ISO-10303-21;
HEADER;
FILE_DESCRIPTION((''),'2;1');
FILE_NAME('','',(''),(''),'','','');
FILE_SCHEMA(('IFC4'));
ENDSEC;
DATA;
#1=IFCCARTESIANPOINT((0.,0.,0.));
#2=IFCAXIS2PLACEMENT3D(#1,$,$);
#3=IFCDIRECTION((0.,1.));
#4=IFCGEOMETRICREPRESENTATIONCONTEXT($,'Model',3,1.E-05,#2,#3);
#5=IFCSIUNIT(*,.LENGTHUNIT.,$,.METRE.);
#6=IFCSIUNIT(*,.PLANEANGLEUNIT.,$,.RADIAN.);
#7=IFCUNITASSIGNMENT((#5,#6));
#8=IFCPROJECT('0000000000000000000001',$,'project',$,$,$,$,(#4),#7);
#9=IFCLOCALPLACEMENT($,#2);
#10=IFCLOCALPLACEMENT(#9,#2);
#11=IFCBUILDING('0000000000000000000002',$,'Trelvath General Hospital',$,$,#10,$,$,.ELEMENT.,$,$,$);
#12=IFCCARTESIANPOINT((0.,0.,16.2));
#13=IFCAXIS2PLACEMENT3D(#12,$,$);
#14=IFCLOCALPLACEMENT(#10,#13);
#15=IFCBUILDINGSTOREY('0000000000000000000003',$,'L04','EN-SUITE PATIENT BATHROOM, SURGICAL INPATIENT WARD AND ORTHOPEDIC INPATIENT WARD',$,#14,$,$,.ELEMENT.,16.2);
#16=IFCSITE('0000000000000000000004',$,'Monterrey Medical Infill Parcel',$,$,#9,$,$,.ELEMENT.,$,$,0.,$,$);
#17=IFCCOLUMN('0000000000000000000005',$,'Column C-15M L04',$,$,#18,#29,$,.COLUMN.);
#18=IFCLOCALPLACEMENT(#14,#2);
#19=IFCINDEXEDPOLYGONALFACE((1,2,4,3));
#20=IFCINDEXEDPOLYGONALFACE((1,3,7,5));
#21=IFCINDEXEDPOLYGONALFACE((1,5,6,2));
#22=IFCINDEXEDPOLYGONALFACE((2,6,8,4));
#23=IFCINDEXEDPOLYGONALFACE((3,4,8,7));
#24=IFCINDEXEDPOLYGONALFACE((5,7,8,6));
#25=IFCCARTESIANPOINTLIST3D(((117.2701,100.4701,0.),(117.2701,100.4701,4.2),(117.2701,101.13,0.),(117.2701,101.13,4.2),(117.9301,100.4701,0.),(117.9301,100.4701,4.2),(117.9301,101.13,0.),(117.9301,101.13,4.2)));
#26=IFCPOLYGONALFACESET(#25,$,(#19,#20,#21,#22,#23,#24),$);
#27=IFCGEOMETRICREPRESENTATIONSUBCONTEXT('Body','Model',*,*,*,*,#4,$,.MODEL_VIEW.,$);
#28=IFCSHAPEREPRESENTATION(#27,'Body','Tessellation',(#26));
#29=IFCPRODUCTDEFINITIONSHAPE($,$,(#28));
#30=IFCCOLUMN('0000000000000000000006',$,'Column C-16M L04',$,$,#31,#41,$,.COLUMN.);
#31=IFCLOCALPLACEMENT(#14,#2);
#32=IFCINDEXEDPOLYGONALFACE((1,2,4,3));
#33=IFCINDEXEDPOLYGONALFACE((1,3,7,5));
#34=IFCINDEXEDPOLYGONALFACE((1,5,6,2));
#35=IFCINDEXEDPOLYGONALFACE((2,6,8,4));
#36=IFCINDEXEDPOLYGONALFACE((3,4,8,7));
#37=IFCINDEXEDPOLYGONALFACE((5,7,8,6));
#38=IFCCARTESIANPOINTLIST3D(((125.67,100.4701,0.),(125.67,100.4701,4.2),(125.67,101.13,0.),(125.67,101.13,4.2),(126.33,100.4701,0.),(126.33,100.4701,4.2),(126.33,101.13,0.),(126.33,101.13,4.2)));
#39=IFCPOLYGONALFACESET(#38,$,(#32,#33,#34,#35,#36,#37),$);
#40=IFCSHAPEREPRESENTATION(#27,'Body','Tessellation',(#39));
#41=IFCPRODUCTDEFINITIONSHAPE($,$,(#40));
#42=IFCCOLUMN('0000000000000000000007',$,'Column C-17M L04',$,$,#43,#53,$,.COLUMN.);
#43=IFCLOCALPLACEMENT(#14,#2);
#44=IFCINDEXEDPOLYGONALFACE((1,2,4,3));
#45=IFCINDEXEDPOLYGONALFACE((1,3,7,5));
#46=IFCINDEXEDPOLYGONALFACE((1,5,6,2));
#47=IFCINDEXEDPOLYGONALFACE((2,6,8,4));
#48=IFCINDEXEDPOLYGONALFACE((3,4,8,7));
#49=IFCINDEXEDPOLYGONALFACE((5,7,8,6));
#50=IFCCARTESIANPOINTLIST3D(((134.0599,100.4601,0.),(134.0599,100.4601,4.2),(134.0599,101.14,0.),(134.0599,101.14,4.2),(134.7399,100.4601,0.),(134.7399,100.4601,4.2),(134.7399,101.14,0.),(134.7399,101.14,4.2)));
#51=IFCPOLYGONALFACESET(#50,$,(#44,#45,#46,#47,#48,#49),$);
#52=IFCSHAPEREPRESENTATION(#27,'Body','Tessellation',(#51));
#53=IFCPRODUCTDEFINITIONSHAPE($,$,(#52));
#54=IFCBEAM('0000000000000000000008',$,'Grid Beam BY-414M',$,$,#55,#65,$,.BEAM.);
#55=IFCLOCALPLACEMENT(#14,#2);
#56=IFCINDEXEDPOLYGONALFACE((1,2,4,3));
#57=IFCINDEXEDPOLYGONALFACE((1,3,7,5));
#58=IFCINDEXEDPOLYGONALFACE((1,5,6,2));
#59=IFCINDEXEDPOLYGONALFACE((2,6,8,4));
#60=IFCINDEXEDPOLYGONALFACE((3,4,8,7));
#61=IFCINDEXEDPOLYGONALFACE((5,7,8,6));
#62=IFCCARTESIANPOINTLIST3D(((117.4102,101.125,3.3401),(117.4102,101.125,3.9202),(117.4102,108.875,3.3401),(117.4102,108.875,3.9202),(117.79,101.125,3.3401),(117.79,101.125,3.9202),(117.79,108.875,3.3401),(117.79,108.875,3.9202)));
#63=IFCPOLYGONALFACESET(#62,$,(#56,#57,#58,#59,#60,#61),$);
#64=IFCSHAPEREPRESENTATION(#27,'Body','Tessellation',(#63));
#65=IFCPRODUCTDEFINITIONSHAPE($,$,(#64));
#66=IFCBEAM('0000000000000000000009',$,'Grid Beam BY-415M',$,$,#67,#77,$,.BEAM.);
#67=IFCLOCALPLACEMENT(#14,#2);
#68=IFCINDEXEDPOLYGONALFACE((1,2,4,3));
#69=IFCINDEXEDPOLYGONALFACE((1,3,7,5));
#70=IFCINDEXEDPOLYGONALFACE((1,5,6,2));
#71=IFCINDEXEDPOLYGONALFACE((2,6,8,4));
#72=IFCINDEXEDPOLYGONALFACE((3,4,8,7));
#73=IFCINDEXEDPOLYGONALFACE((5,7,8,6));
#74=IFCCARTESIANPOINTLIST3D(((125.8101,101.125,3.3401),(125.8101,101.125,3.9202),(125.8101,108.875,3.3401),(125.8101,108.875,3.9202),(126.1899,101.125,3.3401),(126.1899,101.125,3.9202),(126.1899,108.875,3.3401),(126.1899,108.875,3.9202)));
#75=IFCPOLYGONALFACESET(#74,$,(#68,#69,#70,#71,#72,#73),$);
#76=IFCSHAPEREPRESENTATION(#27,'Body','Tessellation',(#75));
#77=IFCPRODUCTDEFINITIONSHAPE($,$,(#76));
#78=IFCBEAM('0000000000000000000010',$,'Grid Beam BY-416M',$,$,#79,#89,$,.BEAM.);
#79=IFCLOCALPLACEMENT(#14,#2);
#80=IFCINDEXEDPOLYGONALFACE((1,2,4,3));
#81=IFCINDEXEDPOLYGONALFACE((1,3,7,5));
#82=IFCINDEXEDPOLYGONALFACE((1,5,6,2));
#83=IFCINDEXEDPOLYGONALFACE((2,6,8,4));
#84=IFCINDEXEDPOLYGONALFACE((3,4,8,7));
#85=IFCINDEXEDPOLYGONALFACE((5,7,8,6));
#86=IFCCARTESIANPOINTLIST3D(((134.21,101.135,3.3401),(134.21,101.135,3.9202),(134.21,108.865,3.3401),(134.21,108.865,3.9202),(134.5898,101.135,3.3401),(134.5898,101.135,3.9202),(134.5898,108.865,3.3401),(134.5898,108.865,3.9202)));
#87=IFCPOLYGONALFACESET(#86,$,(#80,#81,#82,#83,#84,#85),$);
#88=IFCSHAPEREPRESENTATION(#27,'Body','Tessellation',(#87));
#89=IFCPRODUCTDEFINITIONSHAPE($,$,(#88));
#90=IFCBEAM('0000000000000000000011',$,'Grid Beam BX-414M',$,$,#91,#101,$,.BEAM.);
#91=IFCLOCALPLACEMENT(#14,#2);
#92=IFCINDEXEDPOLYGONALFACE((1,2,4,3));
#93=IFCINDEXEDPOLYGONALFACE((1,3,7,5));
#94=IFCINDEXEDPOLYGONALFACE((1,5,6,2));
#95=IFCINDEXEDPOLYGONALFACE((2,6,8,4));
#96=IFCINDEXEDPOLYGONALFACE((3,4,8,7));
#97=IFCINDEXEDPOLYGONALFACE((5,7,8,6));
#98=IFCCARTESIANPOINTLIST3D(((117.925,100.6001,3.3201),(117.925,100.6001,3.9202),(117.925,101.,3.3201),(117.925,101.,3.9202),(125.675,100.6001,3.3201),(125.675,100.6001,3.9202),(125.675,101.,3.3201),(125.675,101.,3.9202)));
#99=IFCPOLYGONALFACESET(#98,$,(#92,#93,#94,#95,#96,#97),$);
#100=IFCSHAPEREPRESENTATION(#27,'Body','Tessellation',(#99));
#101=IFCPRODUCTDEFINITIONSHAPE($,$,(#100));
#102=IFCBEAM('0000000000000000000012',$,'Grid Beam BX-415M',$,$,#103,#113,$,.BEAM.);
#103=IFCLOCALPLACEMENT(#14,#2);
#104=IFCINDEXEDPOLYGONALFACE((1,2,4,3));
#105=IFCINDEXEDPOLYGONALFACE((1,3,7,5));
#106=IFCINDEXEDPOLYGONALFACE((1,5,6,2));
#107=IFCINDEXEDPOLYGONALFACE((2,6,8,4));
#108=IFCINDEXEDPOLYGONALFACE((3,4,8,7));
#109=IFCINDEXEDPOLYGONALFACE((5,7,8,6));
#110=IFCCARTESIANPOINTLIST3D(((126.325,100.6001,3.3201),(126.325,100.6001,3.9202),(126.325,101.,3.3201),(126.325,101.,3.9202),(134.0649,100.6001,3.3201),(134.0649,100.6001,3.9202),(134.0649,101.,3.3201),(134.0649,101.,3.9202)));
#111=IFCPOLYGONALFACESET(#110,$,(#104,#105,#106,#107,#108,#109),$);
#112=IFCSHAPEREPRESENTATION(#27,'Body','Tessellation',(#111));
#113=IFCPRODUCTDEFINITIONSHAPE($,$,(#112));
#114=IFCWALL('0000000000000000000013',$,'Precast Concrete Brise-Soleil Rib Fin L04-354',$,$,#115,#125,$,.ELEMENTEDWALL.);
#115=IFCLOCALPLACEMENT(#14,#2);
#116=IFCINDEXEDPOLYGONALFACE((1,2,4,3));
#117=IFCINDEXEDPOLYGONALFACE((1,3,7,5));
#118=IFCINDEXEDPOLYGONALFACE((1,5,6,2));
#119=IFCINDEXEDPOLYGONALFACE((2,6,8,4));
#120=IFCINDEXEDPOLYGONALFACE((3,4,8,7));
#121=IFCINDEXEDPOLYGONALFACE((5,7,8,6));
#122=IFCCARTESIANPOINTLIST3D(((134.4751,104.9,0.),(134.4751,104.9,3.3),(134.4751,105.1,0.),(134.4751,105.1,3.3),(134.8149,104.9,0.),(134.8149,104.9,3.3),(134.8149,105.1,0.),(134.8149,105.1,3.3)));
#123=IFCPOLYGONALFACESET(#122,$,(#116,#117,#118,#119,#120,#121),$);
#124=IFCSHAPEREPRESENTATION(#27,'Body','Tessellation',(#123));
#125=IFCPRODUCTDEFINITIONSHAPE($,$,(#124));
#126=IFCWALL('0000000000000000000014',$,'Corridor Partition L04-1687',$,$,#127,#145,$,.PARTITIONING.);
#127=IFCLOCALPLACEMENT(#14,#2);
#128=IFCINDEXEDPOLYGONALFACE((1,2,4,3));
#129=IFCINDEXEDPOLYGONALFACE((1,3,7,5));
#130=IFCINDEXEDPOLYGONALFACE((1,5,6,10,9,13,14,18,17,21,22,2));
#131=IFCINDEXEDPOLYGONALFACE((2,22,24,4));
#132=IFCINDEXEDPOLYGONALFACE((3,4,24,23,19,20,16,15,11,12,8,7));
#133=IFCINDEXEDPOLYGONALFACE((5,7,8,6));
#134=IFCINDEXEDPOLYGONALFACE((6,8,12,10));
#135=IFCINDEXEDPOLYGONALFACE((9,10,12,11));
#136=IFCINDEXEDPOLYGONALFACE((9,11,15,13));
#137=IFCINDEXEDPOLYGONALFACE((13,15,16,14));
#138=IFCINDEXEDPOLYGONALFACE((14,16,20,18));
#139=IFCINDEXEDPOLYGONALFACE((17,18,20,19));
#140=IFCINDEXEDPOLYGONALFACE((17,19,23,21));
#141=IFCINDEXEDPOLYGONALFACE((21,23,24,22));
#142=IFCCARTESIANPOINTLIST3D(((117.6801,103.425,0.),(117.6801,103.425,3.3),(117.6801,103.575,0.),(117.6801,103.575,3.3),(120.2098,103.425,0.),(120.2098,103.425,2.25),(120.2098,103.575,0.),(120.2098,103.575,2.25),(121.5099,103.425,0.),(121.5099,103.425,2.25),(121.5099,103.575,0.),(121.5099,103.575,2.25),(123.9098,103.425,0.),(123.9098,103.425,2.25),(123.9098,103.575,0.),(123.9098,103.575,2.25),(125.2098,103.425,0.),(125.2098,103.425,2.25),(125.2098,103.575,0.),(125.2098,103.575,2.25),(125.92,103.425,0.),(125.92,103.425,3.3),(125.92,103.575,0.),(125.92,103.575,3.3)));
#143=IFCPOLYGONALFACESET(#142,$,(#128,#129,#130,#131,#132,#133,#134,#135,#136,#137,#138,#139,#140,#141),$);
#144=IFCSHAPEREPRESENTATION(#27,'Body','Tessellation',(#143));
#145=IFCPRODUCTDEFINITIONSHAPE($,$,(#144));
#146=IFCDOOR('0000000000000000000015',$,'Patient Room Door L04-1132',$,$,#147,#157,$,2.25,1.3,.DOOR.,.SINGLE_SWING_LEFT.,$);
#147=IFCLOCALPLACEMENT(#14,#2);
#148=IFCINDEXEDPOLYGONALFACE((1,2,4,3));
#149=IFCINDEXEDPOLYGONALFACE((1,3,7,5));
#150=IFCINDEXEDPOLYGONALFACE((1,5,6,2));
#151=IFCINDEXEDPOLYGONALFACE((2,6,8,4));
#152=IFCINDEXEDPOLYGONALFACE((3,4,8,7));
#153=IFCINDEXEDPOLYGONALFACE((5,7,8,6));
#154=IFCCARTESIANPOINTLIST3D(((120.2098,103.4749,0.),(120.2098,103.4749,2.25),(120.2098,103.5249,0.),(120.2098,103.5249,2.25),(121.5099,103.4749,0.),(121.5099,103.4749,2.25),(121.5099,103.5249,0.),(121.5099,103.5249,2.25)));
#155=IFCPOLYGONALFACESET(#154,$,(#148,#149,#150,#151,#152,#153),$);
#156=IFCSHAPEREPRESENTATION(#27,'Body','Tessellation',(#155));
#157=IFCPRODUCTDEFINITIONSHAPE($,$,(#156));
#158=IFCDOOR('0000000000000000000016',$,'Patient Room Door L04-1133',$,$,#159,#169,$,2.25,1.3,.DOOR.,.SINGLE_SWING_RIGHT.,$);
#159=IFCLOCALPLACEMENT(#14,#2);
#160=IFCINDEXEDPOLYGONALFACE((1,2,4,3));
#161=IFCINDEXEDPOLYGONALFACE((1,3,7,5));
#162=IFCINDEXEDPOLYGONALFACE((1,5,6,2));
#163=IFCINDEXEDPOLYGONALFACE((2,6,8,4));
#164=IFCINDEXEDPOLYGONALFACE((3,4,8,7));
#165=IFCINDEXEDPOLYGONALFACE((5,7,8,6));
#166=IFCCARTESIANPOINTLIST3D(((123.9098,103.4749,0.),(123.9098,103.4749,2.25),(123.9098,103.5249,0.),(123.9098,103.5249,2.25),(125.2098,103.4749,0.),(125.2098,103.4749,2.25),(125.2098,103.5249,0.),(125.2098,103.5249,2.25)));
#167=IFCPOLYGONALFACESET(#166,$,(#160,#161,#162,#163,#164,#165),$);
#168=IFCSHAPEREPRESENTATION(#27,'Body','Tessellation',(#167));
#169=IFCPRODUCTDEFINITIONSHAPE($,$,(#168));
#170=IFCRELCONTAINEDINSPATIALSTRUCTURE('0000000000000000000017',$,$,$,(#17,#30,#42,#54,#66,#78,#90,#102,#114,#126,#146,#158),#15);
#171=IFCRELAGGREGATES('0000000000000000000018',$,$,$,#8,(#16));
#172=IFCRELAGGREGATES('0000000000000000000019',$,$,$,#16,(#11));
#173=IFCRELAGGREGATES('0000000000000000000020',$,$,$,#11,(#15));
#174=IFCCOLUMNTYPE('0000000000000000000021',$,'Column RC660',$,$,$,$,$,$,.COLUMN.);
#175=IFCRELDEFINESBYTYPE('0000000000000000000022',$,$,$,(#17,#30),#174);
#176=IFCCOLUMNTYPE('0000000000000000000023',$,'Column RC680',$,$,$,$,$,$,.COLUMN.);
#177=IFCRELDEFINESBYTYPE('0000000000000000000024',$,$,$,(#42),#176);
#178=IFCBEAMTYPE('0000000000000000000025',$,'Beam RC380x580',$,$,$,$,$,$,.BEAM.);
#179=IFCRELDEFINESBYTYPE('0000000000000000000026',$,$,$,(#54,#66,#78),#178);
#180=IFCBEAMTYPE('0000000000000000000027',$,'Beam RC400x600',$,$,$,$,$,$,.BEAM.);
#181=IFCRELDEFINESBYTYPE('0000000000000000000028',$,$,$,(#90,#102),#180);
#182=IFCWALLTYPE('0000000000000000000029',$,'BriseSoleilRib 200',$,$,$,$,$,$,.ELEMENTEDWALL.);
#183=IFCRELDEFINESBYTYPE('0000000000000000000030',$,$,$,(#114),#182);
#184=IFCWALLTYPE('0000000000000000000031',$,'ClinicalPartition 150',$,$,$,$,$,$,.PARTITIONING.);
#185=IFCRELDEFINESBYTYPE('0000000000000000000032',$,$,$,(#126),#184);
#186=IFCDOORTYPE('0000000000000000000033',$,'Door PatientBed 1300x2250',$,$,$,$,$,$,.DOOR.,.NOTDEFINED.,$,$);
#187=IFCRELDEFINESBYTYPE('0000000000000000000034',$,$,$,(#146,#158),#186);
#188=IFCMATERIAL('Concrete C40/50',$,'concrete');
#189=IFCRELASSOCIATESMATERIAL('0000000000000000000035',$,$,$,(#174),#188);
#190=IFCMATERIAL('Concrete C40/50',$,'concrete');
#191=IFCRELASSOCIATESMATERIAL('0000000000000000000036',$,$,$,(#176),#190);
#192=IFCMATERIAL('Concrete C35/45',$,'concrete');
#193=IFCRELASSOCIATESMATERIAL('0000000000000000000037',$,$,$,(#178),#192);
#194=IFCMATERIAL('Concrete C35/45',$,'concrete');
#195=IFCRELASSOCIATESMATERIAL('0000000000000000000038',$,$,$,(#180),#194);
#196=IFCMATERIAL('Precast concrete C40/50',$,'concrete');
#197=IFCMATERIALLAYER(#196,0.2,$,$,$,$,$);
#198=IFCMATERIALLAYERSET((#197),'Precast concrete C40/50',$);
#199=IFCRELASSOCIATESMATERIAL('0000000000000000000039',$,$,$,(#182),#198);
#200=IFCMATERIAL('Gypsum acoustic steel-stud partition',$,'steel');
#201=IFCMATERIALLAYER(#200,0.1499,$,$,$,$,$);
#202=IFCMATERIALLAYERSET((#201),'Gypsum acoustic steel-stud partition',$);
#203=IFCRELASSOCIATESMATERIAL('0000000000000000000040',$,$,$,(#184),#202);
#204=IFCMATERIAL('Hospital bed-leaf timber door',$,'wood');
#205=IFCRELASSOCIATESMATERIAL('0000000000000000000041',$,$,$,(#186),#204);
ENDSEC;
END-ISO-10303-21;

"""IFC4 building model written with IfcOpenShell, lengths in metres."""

from ifc_helpers import new_model, si_unit, direction, frame, frame_2d, origin, origin_2d, place, context, subcontext, project, spatial, rectangle, extrude, material, layer, layer_set, material_profile, profile_set, type_object, element, fill, save


model = new_model("IFC4")

# Units and contexts
model_context = context("Model", 3, precision=1e-05, world=origin(), true_north=direction((0.0, 1.0)))
body_context = subcontext(model_context, "Body", "Model", "MODEL_VIEW")
ifc_project = project(units=[si_unit("LENGTHUNIT", "METRE"), si_unit("PLANEANGLEUNIT", "RADIAN")], contexts=[model_context])

# Site, building, storey
site_placement = place(None, origin())
site = spatial("IfcSite", under=ifc_project, at=site_placement, Name="Monterrey Medical Infill Parcel", CompositionType="ELEMENT", RefElevation=0.0)
building_placement = place(site_placement, origin())
building = spatial("IfcBuilding", under=site, at=building_placement, Name="Trelvath General Hospital", CompositionType="ELEMENT")
storey_placement = place(building_placement, frame((0.0, 0.0, 16.2)))
storey = spatial("IfcBuildingStorey", under=building, at=storey_placement, Name="L04", Description="EN-SUITE PATIENT BATHROOM, SURGICAL INPATIENT WARD AND ORTHOPEDIC INPATIENT WARD", CompositionType="ELEMENT", Elevation=16.2)

# Columns
ifc_material_1 = material(Name="Concrete C40/50", Category="concrete")
ifc_material_profile_1 = material_profile(ifc_material_1, rectangle(XDim=0.6599, YDim=0.6599, at=origin_2d()), Name="RC660x660")
ifc_profile_set_1 = profile_set([ifc_material_profile_1], Name="Concrete C40/50")
column_type_1 = type_object("IfcColumnType", Name="Column RC660", PredefinedType="COLUMN", material=ifc_profile_set_1)
for number, where, z_axis, x_axis, name in (
    (1, (117.6001, 100.8, 0.0), (0.0, 0.0, 1.0), (1.0, 0.0, 0.0), "Column C-15M L04"),
    (2, (126.0, 100.8, 0.0), (0.0, 0.0, 1.0), (1.0, 0.0, 0.0), "Column C-16M L04"),
):
    element("IfcColumn", number, at=place(storey_placement, frame(where, z_axis=z_axis, x_axis=x_axis)), inside=storey, type_object=column_type_1, Name=name, PredefinedType="COLUMN", context=body_context, shape_type="SweptSolid", body=[
        extrude(rectangle(XDim=0.6599, YDim=0.6599, at=origin_2d()), origin(), (0.0, 0.0, 1.0), 4.2),
    ])
ifc_material_2 = material(Name="Concrete C40/50", Category="concrete")
ifc_material_profile_2 = material_profile(ifc_material_2, rectangle(XDim=0.6799, YDim=0.6799, at=origin_2d()), Name="RC680x680")
ifc_profile_set_2 = profile_set([ifc_material_profile_2], Name="Concrete C40/50")
column_type_2 = type_object("IfcColumnType", Name="Column RC680", PredefinedType="COLUMN", material=ifc_profile_set_2)
column_placement = place(storey_placement, frame((134.3999, 100.8, 0.0), z_axis=(0.0, 0.0, 1.0), x_axis=(1.0, 0.0, 0.0)))
element("IfcColumn", 3, at=column_placement, inside=storey, type_object=column_type_2, Name="Column C-17M L04", PredefinedType="COLUMN", context=body_context, shape_type="SweptSolid", body=[
    extrude(rectangle(XDim=0.6799, YDim=0.6799, at=origin_2d()), origin(), (0.0, 0.0, 1.0), 4.2),
])

# Beams
ifc_material_3 = material(Name="Concrete C35/45", Category="concrete")
ifc_material_profile_3 = material_profile(ifc_material_3, rectangle(XDim=0.3799, YDim=0.5801, at=origin_2d()), Name="RCB380x580")
ifc_profile_set_3 = profile_set([ifc_material_profile_3], Name="Concrete C35/45")
beam_type_1 = type_object("IfcBeamType", Name="Beam RC380x580", PredefinedType="BEAM", material=ifc_profile_set_3)
for number, where, z_axis, x_axis, name in (
    (4, (117.6001, 101.125, 3.6301), (0.0, 1.0, 0.0), (-1.0, 0.0, 0.0), "Grid Beam BY-414M"),
    (5, (126.0, 101.125, 3.6301), (0.0, 1.0, 0.0), (-1.0, 0.0, 0.0), "Grid Beam BY-415M"),
):
    element("IfcBeam", number, at=place(storey_placement, frame(where, z_axis=z_axis, x_axis=x_axis)), inside=storey, type_object=beam_type_1, Name=name, PredefinedType="BEAM", context=body_context, shape_type="SweptSolid", body=[
        extrude(rectangle(XDim=0.3799, YDim=0.5801, at=origin_2d()), origin(), (0.0, 0.0, 1.0), 7.75),
    ])
beam_1_placement = place(storey_placement, frame((134.3999, 101.135, 3.6301), z_axis=(0.0, 1.0, 0.0), x_axis=(-1.0, 0.0, 0.0)))
element("IfcBeam", 6, at=beam_1_placement, inside=storey, type_object=beam_type_1, Name="Grid Beam BY-416M", PredefinedType="BEAM", context=body_context, shape_type="SweptSolid", body=[
    extrude(rectangle(XDim=0.3799, YDim=0.5801, at=origin_2d()), origin(), (0.0, 0.0, 1.0), 7.73),
])
ifc_material_4 = material(Name="Concrete C35/45", Category="concrete")
ifc_material_profile_4 = material_profile(ifc_material_4, rectangle(XDim=0.3999, YDim=0.6001, at=origin_2d()), Name="RCB400x600")
ifc_profile_set_4 = profile_set([ifc_material_profile_4], Name="Concrete C35/45")
beam_type_2 = type_object("IfcBeamType", Name="Beam RC400x600", PredefinedType="BEAM", material=ifc_profile_set_4)
beam_2_placement = place(storey_placement, frame((117.925, 100.8, 3.6201), z_axis=(1.0, 0.0, 0.0), x_axis=(0.0, 1.0, 0.0)))
element("IfcBeam", 7, at=beam_2_placement, inside=storey, type_object=beam_type_2, Name="Grid Beam BX-414M", PredefinedType="BEAM", context=body_context, shape_type="SweptSolid", body=[
    extrude(rectangle(XDim=0.3999, YDim=0.6001, at=origin_2d()), origin(), (0.0, 0.0, 1.0), 7.75),
])
beam_3_placement = place(storey_placement, frame((126.325, 100.8, 3.6201), z_axis=(1.0, 0.0, 0.0), x_axis=(0.0, 1.0, 0.0)))
element("IfcBeam", 8, at=beam_3_placement, inside=storey, type_object=beam_type_2, Name="Grid Beam BX-415M", PredefinedType="BEAM", context=body_context, shape_type="SweptSolid", body=[
    extrude(rectangle(XDim=0.3999, YDim=0.6001, at=origin_2d()), origin(), (0.0, 0.0, 1.0), 7.74),
])

# Wall
ifc_material_5 = material(Name="Precast concrete C40/50", Category="concrete")
ifc_layer_1 = layer(ifc_material_5, 0.2)
ifc_layer_set_1 = layer_set([ifc_layer_1], Name="Precast concrete C40/50")
wall_type_1 = type_object("IfcWallType", Name="BriseSoleilRib 200", PredefinedType="ELEMENTEDWALL", material=ifc_layer_set_1)
wall_1_placement = place(storey_placement, frame((134.4751, 105.0, 0.0), z_axis=(0.0, 0.0, 1.0), x_axis=(1.0, 0.0, 0.0)))
element("IfcWall", 9, at=wall_1_placement, inside=storey, type_object=wall_type_1, Name="Precast Concrete Brise-Soleil Rib Fin L04-354", PredefinedType="ELEMENTEDWALL", context=body_context, shape_type="SweptSolid", body=[
    extrude(rectangle(XDim=0.3398, YDim=0.2, at=frame_2d((0.1699, 0.0))), origin(), (0.0, 0.0, 1.0), 3.3),
])

# Wall, openings, doors
ifc_material_6 = material(Name="Gypsum acoustic steel-stud partition", Category="steel")
ifc_layer_2 = layer(ifc_material_6, 0.1499)
ifc_layer_set_2 = layer_set([ifc_layer_2], Name="Gypsum acoustic steel-stud partition")
wall_type_2 = type_object("IfcWallType", Name="ClinicalPartition 150", PredefinedType="PARTITIONING", material=ifc_layer_set_2)
wall_2_placement = place(storey_placement, frame((117.6799, 103.5, 0.0), z_axis=(0.0, 0.0, 1.0), x_axis=(1.0, 0.0, 0.0)))
wall_2 = element("IfcWall", 10, at=wall_2_placement, inside=storey, type_object=wall_type_2, Name="Corridor Partition L04-1687", PredefinedType="PARTITIONING", context=body_context, shape_type="SweptSolid", body=[
    extrude(rectangle(XDim=8.24, YDim=0.1499, at=frame_2d((4.1201, 0.0))), origin(), (0.0, 0.0, 1.0), 3.3),
])
opening_1_placement = place(wall_2_placement, frame((2.53, 0.0, 0.0)))
opening_1 = element("IfcOpeningElement", 11, at=opening_1_placement, cuts=wall_2, PredefinedType="OPENING", context=body_context, shape_type="SweptSolid", body=[
    extrude(rectangle(XDim=1.3, YDim=2.25, at=frame_2d((0.6499, 1.125))), frame((0.0, 0.085, 0.0), z_axis=(0.0, -1.0, 0.0), x_axis=(1.0, 0.0, 0.0)), (0.0, 0.0, 1.0), 0.1699),
])
opening_2_placement = place(wall_2_placement, frame((6.23, 0.0, 0.0)))
opening_2 = element("IfcOpeningElement", 12, at=opening_2_placement, cuts=wall_2, PredefinedType="OPENING", context=body_context, shape_type="SweptSolid", body=[
    extrude(rectangle(XDim=1.3, YDim=2.25, at=frame_2d((0.6499, 1.125))), frame((0.0, 0.085, 0.0), z_axis=(0.0, -1.0, 0.0), x_axis=(1.0, 0.0, 0.0)), (0.0, 0.0, 1.0), 0.1699),
])
ifc_material_7 = material(Name="Hospital bed-leaf timber door", Category="wood")
door_type_1 = type_object("IfcDoorType", Name="Door PatientBed 1300x2250", OperationType="NOTDEFINED", PredefinedType="DOOR", material=ifc_material_7)
door_1_placement = place(opening_1_placement, origin())
door_1 = element("IfcDoor", 13, at=door_1_placement, inside=storey, type_object=door_type_1, Name="Patient Room Door L04-1132", OperationType="SINGLE_SWING_LEFT", OverallHeight=2.25, OverallWidth=1.3, PredefinedType="DOOR", context=body_context, shape_type="SweptSolid", body=[
    extrude(rectangle(XDim=1.3, YDim=2.25, at=frame_2d((0.6499, 1.125))), frame((0.0, 0.0249, 0.0), z_axis=(0.0, -1.0, 0.0), x_axis=(1.0, 0.0, 0.0)), (0.0, 0.0, 1.0), 0.05),
])
fill(opening_1, door_1)
door_2_placement = place(opening_2_placement, origin())
door_2 = element("IfcDoor", 14, at=door_2_placement, inside=storey, type_object=door_type_1, Name="Patient Room Door L04-1133", OperationType="SINGLE_SWING_RIGHT", OverallHeight=2.25, OverallWidth=1.3, PredefinedType="DOOR", context=body_context, shape_type="SweptSolid", body=[
    extrude(rectangle(XDim=1.3, YDim=2.25, at=frame_2d((0.6499, 1.125))), frame((0.0, 0.0249, 0.0), z_axis=(0.0, -1.0, 0.0), x_axis=(1.0, 0.0, 0.0)), (0.0, 0.0, 1.0), 0.05),
])
fill(opening_2, door_2)

save(model, "model.ifc")
